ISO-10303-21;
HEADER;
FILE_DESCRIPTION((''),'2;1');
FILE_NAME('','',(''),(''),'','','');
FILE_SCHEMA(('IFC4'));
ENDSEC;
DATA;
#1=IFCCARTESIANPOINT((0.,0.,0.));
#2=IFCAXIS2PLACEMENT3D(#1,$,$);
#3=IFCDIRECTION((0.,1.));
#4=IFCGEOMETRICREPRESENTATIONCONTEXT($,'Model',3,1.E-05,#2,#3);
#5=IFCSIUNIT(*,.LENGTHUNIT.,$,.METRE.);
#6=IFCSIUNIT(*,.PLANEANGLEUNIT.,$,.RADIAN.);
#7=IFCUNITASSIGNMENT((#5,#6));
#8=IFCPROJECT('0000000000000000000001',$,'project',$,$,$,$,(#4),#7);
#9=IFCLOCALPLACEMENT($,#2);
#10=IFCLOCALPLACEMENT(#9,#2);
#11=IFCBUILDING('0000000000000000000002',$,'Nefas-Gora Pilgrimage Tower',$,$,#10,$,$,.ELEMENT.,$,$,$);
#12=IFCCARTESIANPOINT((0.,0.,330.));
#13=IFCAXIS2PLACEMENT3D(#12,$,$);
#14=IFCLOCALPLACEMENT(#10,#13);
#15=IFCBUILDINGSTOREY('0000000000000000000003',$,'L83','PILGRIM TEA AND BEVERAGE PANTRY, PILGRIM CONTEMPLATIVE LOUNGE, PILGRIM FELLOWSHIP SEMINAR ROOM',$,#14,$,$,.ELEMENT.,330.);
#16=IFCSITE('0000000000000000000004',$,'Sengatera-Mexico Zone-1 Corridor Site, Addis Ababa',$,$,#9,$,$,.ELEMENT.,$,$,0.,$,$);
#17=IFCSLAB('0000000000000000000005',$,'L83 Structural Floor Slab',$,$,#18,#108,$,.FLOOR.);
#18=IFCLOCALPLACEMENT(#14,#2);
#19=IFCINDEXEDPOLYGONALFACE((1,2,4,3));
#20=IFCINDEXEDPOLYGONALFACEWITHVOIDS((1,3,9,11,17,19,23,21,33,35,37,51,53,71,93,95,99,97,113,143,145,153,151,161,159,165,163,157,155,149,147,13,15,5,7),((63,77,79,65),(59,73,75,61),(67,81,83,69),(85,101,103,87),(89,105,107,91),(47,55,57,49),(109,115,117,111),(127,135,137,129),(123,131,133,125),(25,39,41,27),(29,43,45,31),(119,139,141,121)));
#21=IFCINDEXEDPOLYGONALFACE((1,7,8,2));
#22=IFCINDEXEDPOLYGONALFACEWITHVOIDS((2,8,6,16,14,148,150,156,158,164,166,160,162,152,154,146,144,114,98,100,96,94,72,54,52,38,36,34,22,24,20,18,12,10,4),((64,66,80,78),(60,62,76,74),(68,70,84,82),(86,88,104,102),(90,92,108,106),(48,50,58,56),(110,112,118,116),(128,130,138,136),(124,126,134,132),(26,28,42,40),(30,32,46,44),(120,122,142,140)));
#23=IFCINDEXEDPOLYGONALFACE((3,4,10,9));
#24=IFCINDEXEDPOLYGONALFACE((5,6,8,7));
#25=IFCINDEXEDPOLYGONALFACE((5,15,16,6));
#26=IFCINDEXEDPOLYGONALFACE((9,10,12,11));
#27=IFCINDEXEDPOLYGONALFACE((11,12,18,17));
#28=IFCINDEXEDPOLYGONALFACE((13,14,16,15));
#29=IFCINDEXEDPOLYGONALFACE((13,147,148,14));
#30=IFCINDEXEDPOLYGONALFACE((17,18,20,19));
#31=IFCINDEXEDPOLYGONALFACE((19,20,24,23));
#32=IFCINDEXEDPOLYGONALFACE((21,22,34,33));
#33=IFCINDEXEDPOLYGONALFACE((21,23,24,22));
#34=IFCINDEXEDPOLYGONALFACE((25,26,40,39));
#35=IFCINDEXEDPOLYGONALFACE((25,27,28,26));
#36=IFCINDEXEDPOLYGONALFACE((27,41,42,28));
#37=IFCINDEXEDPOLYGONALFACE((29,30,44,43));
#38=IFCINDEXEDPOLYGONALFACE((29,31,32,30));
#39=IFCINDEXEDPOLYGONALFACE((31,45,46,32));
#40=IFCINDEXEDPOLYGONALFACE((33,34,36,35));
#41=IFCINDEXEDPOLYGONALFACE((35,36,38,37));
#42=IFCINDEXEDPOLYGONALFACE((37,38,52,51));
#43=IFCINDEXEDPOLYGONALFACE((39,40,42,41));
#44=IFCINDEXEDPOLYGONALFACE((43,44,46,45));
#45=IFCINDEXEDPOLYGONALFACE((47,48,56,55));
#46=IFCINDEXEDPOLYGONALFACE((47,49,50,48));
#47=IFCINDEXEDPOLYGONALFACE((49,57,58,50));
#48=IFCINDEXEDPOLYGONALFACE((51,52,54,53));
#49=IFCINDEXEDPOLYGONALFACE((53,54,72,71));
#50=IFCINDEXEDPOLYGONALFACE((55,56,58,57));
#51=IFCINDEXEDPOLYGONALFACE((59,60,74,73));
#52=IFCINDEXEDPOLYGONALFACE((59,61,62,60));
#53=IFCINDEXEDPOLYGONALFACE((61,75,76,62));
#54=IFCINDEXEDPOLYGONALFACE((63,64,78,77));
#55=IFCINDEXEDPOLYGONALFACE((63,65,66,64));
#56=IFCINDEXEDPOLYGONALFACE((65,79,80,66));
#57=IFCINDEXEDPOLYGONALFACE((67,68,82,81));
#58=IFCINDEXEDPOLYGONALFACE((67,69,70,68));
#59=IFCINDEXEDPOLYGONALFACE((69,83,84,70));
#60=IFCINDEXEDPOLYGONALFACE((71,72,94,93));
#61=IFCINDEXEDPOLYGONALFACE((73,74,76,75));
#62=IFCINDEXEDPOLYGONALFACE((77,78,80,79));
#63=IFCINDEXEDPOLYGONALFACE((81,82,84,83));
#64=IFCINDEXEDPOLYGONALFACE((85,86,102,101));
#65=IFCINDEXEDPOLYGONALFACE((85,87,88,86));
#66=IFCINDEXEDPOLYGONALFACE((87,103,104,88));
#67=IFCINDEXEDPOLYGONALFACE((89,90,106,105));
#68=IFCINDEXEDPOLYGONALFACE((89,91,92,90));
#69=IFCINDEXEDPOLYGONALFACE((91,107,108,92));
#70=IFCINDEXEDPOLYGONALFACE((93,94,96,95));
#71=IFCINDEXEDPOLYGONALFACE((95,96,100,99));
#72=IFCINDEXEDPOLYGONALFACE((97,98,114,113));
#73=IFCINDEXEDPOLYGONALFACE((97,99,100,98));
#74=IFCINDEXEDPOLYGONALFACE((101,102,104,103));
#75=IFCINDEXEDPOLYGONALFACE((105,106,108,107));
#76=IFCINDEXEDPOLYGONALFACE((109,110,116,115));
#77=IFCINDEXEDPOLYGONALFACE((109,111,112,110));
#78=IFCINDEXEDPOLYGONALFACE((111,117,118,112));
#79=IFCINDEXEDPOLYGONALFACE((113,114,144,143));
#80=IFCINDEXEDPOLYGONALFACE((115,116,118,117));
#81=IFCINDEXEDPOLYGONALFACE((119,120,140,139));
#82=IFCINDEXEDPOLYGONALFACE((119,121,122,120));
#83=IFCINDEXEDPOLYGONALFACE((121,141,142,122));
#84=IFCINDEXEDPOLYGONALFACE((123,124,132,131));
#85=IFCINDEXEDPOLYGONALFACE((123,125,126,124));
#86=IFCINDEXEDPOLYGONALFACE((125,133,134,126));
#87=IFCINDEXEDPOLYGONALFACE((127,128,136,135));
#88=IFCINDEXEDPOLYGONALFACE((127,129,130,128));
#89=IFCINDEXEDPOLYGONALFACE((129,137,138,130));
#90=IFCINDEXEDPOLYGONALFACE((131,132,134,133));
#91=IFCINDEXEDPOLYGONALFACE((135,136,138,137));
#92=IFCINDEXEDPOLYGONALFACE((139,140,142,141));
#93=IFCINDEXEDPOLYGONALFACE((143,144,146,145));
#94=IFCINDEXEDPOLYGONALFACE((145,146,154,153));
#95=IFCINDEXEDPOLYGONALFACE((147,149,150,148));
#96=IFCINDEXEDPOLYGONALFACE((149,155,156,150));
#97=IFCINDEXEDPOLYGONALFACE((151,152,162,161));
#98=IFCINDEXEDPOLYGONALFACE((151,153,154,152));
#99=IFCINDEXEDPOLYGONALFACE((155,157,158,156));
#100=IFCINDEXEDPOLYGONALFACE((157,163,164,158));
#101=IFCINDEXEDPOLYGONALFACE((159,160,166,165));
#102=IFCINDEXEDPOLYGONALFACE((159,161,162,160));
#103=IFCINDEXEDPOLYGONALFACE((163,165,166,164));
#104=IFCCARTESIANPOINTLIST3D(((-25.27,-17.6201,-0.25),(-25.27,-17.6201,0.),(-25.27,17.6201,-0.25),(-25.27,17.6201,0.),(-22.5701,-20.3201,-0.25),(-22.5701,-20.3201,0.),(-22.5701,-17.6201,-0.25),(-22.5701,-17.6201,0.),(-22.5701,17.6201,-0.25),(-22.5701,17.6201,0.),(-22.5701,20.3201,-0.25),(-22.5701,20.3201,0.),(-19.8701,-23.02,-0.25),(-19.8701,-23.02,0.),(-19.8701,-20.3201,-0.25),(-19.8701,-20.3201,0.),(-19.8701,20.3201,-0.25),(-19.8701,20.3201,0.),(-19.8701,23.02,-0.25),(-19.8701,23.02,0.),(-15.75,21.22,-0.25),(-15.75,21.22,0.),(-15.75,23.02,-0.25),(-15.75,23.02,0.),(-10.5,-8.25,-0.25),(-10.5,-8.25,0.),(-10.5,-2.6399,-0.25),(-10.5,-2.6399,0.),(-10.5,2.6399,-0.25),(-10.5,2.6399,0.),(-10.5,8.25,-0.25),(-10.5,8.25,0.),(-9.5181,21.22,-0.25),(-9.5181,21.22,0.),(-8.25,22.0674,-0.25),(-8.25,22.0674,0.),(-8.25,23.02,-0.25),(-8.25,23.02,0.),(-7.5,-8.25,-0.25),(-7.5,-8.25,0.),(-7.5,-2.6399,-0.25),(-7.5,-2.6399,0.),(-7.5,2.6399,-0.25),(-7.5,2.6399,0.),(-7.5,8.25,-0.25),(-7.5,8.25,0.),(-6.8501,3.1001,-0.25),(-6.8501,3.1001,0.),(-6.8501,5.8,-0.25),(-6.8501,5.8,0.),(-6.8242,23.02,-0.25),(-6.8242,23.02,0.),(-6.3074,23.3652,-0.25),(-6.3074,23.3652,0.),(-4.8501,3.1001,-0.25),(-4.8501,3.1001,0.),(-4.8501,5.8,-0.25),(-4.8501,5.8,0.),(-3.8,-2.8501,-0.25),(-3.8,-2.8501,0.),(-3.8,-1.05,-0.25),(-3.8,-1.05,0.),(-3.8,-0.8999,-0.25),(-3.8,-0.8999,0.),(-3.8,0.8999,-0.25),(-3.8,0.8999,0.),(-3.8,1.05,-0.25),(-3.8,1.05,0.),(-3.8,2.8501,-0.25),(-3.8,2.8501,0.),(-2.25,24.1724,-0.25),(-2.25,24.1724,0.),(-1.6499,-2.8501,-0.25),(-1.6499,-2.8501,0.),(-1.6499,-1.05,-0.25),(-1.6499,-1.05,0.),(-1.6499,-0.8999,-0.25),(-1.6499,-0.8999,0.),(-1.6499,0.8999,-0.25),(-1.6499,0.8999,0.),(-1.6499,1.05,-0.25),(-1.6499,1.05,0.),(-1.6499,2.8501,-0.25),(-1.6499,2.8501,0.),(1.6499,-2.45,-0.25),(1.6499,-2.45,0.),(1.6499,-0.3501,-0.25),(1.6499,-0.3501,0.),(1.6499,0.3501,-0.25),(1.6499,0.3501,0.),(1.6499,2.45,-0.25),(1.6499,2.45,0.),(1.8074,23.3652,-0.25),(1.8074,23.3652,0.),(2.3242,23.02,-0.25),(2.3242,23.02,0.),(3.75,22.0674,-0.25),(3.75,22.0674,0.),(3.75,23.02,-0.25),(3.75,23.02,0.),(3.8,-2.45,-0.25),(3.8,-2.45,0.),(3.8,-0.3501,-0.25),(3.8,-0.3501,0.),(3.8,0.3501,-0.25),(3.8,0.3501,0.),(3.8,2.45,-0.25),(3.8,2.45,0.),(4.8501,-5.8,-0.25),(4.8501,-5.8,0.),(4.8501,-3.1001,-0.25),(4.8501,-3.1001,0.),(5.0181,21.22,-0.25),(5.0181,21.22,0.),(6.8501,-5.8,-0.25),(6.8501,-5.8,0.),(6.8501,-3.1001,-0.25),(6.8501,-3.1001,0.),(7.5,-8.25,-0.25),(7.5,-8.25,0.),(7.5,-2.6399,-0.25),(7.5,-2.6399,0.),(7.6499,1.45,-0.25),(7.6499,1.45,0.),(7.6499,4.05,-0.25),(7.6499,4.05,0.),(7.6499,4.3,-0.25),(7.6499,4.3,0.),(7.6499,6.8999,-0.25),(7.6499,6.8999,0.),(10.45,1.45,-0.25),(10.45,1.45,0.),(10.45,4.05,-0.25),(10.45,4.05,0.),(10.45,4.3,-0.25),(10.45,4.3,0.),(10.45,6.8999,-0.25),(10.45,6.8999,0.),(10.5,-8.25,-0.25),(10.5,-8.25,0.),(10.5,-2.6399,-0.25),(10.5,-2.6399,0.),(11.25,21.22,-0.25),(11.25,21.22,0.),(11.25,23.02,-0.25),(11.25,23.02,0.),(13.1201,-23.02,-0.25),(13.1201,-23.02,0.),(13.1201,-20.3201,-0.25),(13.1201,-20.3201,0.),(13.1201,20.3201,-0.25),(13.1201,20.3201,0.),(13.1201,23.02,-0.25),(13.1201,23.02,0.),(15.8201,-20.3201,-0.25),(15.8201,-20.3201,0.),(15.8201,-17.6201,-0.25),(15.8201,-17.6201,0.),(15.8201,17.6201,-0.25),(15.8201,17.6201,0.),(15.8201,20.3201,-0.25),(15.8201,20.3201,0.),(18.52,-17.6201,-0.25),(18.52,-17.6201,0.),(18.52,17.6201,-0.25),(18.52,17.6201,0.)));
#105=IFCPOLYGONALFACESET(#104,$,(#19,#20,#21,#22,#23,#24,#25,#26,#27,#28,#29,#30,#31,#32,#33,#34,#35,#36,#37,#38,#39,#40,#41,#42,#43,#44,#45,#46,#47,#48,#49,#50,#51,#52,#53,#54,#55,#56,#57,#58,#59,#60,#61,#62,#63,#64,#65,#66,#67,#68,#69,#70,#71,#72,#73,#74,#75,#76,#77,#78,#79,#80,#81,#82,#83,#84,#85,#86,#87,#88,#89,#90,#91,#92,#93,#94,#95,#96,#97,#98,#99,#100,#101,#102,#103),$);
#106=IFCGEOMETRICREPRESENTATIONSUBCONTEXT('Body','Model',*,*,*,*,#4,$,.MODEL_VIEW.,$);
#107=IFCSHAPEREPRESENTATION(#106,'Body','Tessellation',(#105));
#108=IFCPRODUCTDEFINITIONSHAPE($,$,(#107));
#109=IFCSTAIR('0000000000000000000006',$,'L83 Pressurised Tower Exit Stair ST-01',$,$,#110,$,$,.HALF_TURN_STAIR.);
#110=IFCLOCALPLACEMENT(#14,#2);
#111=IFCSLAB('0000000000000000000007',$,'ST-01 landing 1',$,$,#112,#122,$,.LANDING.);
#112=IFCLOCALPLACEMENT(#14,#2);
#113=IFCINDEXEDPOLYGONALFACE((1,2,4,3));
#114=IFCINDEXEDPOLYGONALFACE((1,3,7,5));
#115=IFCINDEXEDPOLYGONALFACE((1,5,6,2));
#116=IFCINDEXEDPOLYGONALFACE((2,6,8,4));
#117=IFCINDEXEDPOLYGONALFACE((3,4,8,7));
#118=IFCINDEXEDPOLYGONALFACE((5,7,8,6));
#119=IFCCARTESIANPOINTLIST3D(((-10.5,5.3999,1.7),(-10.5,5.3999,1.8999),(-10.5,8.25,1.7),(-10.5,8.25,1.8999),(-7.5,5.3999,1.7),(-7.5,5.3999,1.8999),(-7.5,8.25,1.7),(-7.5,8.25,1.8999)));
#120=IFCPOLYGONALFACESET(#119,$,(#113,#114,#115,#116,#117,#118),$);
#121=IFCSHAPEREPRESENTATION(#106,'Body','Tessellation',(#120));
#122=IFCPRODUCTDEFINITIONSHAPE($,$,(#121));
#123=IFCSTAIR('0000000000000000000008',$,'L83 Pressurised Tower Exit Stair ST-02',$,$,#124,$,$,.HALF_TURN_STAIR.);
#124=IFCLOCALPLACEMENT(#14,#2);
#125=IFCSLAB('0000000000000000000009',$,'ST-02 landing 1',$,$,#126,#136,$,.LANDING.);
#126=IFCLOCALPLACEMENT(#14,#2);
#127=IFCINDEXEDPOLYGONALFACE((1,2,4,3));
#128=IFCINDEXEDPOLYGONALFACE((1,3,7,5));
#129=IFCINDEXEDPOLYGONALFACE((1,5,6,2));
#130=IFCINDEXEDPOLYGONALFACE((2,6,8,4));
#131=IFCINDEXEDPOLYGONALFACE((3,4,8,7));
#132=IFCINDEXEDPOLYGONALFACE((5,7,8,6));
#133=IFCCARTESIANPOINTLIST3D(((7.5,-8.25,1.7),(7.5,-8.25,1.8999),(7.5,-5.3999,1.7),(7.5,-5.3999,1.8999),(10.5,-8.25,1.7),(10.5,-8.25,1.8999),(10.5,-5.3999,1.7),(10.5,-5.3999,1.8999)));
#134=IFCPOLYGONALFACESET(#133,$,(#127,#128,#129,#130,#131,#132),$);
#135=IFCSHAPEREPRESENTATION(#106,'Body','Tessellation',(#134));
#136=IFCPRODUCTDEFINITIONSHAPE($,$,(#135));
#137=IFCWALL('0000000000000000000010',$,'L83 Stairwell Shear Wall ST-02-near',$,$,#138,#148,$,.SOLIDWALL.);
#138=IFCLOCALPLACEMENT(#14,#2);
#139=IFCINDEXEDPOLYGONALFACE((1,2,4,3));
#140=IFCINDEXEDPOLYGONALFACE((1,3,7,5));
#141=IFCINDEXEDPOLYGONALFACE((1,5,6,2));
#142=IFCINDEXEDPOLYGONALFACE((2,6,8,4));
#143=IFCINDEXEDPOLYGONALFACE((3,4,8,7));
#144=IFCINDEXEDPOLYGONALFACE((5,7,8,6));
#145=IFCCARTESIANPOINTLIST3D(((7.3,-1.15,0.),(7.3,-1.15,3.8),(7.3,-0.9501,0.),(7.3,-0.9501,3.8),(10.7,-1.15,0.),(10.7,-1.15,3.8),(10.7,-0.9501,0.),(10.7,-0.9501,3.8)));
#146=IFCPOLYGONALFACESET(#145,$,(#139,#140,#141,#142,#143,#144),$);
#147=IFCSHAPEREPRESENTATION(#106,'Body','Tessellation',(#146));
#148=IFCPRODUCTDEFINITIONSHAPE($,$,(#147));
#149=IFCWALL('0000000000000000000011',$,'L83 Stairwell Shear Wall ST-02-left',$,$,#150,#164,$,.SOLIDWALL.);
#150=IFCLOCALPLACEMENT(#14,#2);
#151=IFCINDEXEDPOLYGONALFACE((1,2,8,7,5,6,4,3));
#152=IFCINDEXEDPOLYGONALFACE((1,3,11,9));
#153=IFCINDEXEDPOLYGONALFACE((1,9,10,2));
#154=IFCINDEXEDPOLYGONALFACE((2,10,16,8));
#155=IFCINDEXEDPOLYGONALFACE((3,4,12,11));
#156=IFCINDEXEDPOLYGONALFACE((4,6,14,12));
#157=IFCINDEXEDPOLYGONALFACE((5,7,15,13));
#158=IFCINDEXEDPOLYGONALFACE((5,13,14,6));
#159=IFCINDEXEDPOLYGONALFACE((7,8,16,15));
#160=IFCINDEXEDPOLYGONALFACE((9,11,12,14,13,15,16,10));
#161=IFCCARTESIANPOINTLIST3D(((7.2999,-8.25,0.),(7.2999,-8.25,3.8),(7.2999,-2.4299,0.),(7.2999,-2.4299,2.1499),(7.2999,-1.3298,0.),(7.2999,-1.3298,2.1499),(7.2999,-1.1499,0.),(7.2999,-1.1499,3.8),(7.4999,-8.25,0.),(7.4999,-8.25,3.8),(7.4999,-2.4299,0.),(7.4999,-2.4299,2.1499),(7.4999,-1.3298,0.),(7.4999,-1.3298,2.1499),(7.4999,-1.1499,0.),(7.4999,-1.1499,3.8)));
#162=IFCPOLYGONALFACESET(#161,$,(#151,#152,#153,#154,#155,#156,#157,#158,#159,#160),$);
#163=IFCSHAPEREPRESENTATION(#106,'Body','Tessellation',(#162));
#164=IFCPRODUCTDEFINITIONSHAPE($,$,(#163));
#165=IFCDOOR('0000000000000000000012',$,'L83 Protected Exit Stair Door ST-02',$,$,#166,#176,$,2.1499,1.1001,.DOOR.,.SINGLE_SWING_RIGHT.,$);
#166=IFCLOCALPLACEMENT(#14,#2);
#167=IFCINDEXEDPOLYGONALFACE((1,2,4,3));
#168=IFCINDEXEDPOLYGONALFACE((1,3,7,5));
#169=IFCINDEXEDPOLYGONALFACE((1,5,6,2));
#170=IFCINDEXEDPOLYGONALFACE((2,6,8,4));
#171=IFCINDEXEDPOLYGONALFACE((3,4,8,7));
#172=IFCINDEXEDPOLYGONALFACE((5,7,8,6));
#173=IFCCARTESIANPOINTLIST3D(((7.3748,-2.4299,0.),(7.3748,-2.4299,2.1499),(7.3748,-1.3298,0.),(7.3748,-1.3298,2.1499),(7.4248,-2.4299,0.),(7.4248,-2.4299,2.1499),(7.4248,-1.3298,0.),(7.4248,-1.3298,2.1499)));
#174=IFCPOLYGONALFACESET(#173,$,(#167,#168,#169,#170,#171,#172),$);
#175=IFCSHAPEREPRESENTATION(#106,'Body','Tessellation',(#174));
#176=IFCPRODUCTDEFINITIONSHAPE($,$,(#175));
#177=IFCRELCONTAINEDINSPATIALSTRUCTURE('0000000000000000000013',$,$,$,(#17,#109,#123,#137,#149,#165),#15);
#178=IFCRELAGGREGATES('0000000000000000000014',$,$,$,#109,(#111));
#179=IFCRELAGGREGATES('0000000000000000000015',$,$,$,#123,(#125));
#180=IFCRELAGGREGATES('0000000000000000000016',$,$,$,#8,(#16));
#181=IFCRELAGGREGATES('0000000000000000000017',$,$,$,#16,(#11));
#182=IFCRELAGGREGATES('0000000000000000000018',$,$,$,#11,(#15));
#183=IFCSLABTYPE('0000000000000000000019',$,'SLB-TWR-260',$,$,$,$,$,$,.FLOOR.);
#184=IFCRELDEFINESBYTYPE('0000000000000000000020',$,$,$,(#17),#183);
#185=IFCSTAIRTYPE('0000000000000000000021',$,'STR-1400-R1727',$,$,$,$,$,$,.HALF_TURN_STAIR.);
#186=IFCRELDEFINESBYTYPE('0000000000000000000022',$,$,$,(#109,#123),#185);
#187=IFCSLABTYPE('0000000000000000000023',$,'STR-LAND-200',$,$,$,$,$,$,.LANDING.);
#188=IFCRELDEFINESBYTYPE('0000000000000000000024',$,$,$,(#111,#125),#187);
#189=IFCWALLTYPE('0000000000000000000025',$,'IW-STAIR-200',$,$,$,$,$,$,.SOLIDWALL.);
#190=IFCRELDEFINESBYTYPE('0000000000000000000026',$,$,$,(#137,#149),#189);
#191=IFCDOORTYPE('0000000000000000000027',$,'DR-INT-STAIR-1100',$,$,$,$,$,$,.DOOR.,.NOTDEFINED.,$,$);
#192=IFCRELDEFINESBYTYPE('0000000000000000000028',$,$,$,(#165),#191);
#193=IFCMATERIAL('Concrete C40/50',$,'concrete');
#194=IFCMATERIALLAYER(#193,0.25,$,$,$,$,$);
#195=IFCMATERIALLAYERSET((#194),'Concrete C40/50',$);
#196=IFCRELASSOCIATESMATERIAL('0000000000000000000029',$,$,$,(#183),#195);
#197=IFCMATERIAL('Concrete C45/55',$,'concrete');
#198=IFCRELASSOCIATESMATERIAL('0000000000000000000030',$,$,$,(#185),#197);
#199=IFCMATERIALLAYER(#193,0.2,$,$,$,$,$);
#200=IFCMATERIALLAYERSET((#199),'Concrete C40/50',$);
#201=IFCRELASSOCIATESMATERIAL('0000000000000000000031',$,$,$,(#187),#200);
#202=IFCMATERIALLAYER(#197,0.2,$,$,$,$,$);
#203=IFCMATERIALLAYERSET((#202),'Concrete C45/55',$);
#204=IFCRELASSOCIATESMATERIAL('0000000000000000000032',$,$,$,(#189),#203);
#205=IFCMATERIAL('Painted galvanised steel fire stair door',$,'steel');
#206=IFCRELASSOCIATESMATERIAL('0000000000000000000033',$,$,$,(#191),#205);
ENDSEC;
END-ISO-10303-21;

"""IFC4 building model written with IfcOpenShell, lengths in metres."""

from ifc_helpers import new_model, si_unit, direction, frame, frame_2d, origin, place, context, subcontext, project, spatial, polyline, rectangle, outline, extrude, source, transform, mapped, material, layer, layer_set, type_object, element, fill, aggregate, save


model = new_model("IFC4")

# Units and contexts
model_context = context("Model", 3, precision=1e-05, world=origin(), true_north=direction((0.0, 1.0)))
body_context = subcontext(model_context, "Body", "Model", "MODEL_VIEW")
ifc_project = project(units=[si_unit("LENGTHUNIT", "METRE"), si_unit("PLANEANGLEUNIT", "RADIAN")], contexts=[model_context])

# Site, building, storey
site_placement = place(None, origin())
site = spatial("IfcSite", under=ifc_project, at=site_placement, Name="Sengatera-Mexico Zone-1 Corridor Site, Addis Ababa", CompositionType="ELEMENT", RefElevation=0.0)
building_placement = place(site_placement, origin())
building = spatial("IfcBuilding", under=site, at=building_placement, Name="Nefas-Gora Pilgrimage Tower", CompositionType="ELEMENT")
storey_placement = place(building_placement, frame((0.0, 0.0, 330.0)))
storey = spatial("IfcBuildingStorey", under=building, at=storey_placement, Name="L83", Description="PILGRIM TEA AND BEVERAGE PANTRY, PILGRIM CONTEMPLATIVE LOUNGE, PILGRIM FELLOWSHIP SEMINAR ROOM", CompositionType="ELEMENT", Elevation=330.0)

# Slab
ifc_material_1 = material(Name="Concrete C40/50", Category="concrete")
ifc_layer_1 = layer(ifc_material_1, 0.25)
ifc_layer_set_1 = layer_set([ifc_layer_1], Name="Concrete C40/50")
slab_type_1 = type_object("IfcSlabType", Name="SLB-TWR-260", PredefinedType="FLOOR", material=ifc_layer_set_1)
slab_1_placement = place(storey_placement, frame((0.0, 0.0, -0.25)))
element("IfcSlab", 1, at=slab_1_placement, inside=storey, type_object=slab_type_1, Name="L83 Structural Floor Slab", PredefinedType="FLOOR", context=body_context, shape_type="SweptSolid", body=[
    extrude(outline(polyline([(15.8201, -17.6201), (18.52, -17.6201), (18.52, 17.6201), (15.8201, 17.6201), (15.8201, 20.3201), (13.1201, 20.3201), (13.1201, 23.02), (11.25, 23.02), (11.25, 21.22), (5.0181, 21.22), (3.75, 22.0674), (3.75, 23.02), (2.3242, 23.02), (1.8074, 23.3652), (-2.25, 24.1724), (-6.3074, 23.3652), (-6.8242, 23.02), (-8.25, 23.02), (-8.25, 22.0674), (-9.5181, 21.22), (-15.75, 21.22), (-15.75, 23.02), (-19.8701, 23.02), (-19.8701, 20.3201), (-22.5701, 20.3201), (-22.5701, 17.6201), (-25.27, 17.6201), (-25.27, -17.6201), (-22.5701, -17.6201), (-22.5701, -20.3201), (-19.8701, -20.3201), (-19.8701, -23.02), (13.1201, -23.02), (13.1201, -20.3201), (15.8201, -20.3201), (15.8201, -17.6201)]), holes=[polyline([(-10.5, 2.6399), (-10.5, 8.25), (-7.5, 8.25), (-7.5, 2.6399), (-10.5, 2.6399)]), polyline([(10.5, -2.6399), (10.5, -8.25), (7.5, -8.25), (7.5, -2.6399), (10.5, -2.6399)]), polyline([(-7.5, -2.6399), (-7.5, -8.25), (-10.5, -8.25), (-10.5, -2.6399), (-7.5, -2.6399)]), polyline([(-6.8501, 5.8), (-4.8501, 5.8), (-4.8501, 3.1001), (-6.8501, 3.1001), (-6.8501, 5.8)]), polyline([(4.8501, -3.1001), (6.8501, -3.1001), (6.8501, -5.8), (4.8501, -5.8), (4.8501, -3.1001)]), polyline([(7.6499, 4.05), (10.45, 4.05), (10.45, 1.45), (7.6499, 1.45), (7.6499, 4.05)]), polyline([(7.6499, 6.8999), (10.45, 6.8999), (10.45, 4.3), (7.6499, 4.3), (7.6499, 6.8999)]), polyline([(-3.8, -1.05), (-1.6499, -1.05), (-1.6499, -2.8501), (-3.8, -2.8501), (-3.8, -1.05)]), polyline([(-3.8, 0.8999), (-1.6499, 0.8999), (-1.6499, -0.8999), (-3.8, -0.8999), (-3.8, 0.8999)]), polyline([(-3.8, 2.8501), (-1.6499, 2.8501), (-1.6499, 1.05), (-3.8, 1.05), (-3.8, 2.8501)]), polyline([(1.6499, -0.3501), (3.8, -0.3501), (3.8, -2.45), (1.6499, -2.45), (1.6499, -0.3501)]), polyline([(1.6499, 2.45), (3.8, 2.45), (3.8, 0.3501), (1.6499, 0.3501), (1.6499, 2.45)])]), origin(), (0.0, 0.0, 1.0), 0.25),
])

# Stairs, slabs
ifc_material_2 = material(Name="Concrete C45/55", Category="concrete")
stair_type = type_object("IfcStairType", Name="STR-1400-R1727", PredefinedType="HALF_TURN_STAIR", material=ifc_material_2)
stair_1_placement = place(storey_placement, origin())
stair_1 = element("IfcStair", 2, at=stair_1_placement, inside=storey, type_object=stair_type, Name="L83 Pressurised Tower Exit Stair ST-01", PredefinedType="HALF_TURN_STAIR")
ifc_layer_2 = layer(ifc_material_1, 0.2)
ifc_layer_set_2 = layer_set([ifc_layer_2], Name="Concrete C40/50")
slab_type_2 = type_object("IfcSlabType", Name="STR-LAND-200", PredefinedType="LANDING", material=ifc_layer_set_2)
slab_2_placement = place(storey_placement, frame((0.0, 0.0, 1.7)))
slab_2 = element("IfcSlab", 3, at=slab_2_placement, type_object=slab_type_2, Name="ST-01 landing 1", PredefinedType="LANDING", context=body_context, shape_type="SweptSolid", body=[
    extrude(outline(polyline([(-7.5, 5.3999), (-7.5, 8.25), (-10.5, 8.25), (-10.5, 5.3999), (-7.5, 5.3999)])), origin(), (0.0, 0.0, 1.0), 0.2),
])
aggregate(stair_1, [slab_2])
stair_2_placement = place(storey_placement, origin())
stair_2 = element("IfcStair", 4, at=stair_2_placement, inside=storey, type_object=stair_type, Name="L83 Pressurised Tower Exit Stair ST-02", PredefinedType="HALF_TURN_STAIR")
slab_3_placement = place(storey_placement, frame((0.0, 0.0, 1.7)))
slab_3 = element("IfcSlab", 5, at=slab_3_placement, type_object=slab_type_2, Name="ST-02 landing 1", PredefinedType="LANDING", context=body_context, shape_type="SweptSolid", body=[
    extrude(outline(polyline([(7.5, -5.3999), (7.5, -8.25), (10.5, -8.25), (10.5, -5.3999), (7.5, -5.3999)])), origin(), (0.0, 0.0, 1.0), 0.2),
])

# Wall
ifc_layer_3 = layer(ifc_material_2, 0.2)
ifc_layer_set_3 = layer_set([ifc_layer_3], Name="Concrete C45/55")
wall_type_1 = type_object("IfcWallType", Name="IW-STAIR-200", PredefinedType="SOLIDWALL", material=ifc_layer_set_3)
shared_shape_1 = source(origin(), body_context, "Body", "SweptSolid", [
    extrude(rectangle(XDim=3.3999, YDim=0.2, at=frame_2d((1.7, 0.0))), origin(), (0.0, 0.0, 1.0), 3.8),
])
wall_1_placement = place(storey_placement, frame((7.3, -1.05, 0.0), z_axis=(0.0, 0.0, 1.0), x_axis=(1.0, 0.0, 0.0)))
element("IfcWall", 6, at=wall_1_placement, inside=storey, type_object=wall_type_1, Name="L83 Stairwell Shear Wall ST-02-near", PredefinedType="SOLIDWALL", context=body_context, shape_type="MappedRepresentation", body=[
    mapped(shared_shape_1, transform((0.0, 0.0, 0.0), x_axis=(1.0, 0.0, 0.0), y_axis=(0.0, 1.0, 0.0), z_axis=(0.0, 0.0, 1.0), scale=1.0)),
])

# Wall, opening, door
shared_shape_2 = source(origin(), body_context, "Body", "SweptSolid", [
    extrude(rectangle(XDim=7.1001, YDim=0.2, at=frame_2d((3.55, 0.0))), origin(), (0.0, 0.0, 1.0), 3.8),
])
wall_2_placement = place(storey_placement, frame((7.3999, -1.1499, 0.0), z_axis=(0.0, 0.0, 1.0), x_axis=(0.0, -1.0, 0.0)))
wall_2 = element("IfcWall", 7, at=wall_2_placement, inside=storey, type_object=wall_type_1, Name="L83 Stairwell Shear Wall ST-02-left", PredefinedType="SOLIDWALL", context=body_context, shape_type="MappedRepresentation", body=[
    mapped(shared_shape_2, transform((0.0, 0.0, 0.0), x_axis=(1.0, 0.0, 0.0), y_axis=(0.0, 1.0, 0.0), z_axis=(0.0, 0.0, 1.0), scale=1.0)),
])
opening_1_placement = place(wall_2_placement, frame((0.1799, 0.0, 0.0)))
opening_1 = element("IfcOpeningElement", 8, at=opening_1_placement, cuts=wall_2, PredefinedType="OPENING", context=body_context, shape_type="SweptSolid", body=[
    extrude(rectangle(XDim=1.1001, YDim=2.1499, at=frame_2d((0.55, 1.075))), frame((0.0, 0.1099, 0.0), z_axis=(0.0, -1.0, 0.0), x_axis=(1.0, 0.0, 0.0)), (0.0, 0.0, 1.0), 0.22),
])
ifc_material_3 = material(Name="Painted galvanised steel fire stair door", Category="steel")
door_type_1 = type_object("IfcDoorType", Name="DR-INT-STAIR-1100", OperationType="NOTDEFINED", PredefinedType="DOOR", material=ifc_material_3)
shared_shape_3 = source(origin(), body_context, "Body", "SweptSolid", [
    extrude(rectangle(XDim=1.1001, YDim=2.1499, at=frame_2d((0.55, 1.075))), frame((0.0, 0.0249, 0.0), z_axis=(0.0, -1.0, 0.0), x_axis=(1.0, 0.0, 0.0)), (0.0, 0.0, 1.0), 0.05),
])
door_1_placement = place(opening_1_placement, origin())
door_1 = element("IfcDoor", 9, at=door_1_placement, inside=storey, type_object=door_type_1, Name="L83 Protected Exit Stair Door ST-02", OperationType="SINGLE_SWING_RIGHT", OverallHeight=2.1499, OverallWidth=1.1001, PredefinedType="DOOR", context=body_context, shape_type="MappedRepresentation", body=[
    mapped(shared_shape_3, transform((0.0, 0.0, 0.0), x_axis=(1.0, 0.0, 0.0), y_axis=(0.0, 1.0, 0.0), z_axis=(0.0, 0.0, 1.0), scale=1.0)),
])
fill(opening_1, door_1)

aggregate(stair_2, [slab_3])

save(model, "model.ifc")
